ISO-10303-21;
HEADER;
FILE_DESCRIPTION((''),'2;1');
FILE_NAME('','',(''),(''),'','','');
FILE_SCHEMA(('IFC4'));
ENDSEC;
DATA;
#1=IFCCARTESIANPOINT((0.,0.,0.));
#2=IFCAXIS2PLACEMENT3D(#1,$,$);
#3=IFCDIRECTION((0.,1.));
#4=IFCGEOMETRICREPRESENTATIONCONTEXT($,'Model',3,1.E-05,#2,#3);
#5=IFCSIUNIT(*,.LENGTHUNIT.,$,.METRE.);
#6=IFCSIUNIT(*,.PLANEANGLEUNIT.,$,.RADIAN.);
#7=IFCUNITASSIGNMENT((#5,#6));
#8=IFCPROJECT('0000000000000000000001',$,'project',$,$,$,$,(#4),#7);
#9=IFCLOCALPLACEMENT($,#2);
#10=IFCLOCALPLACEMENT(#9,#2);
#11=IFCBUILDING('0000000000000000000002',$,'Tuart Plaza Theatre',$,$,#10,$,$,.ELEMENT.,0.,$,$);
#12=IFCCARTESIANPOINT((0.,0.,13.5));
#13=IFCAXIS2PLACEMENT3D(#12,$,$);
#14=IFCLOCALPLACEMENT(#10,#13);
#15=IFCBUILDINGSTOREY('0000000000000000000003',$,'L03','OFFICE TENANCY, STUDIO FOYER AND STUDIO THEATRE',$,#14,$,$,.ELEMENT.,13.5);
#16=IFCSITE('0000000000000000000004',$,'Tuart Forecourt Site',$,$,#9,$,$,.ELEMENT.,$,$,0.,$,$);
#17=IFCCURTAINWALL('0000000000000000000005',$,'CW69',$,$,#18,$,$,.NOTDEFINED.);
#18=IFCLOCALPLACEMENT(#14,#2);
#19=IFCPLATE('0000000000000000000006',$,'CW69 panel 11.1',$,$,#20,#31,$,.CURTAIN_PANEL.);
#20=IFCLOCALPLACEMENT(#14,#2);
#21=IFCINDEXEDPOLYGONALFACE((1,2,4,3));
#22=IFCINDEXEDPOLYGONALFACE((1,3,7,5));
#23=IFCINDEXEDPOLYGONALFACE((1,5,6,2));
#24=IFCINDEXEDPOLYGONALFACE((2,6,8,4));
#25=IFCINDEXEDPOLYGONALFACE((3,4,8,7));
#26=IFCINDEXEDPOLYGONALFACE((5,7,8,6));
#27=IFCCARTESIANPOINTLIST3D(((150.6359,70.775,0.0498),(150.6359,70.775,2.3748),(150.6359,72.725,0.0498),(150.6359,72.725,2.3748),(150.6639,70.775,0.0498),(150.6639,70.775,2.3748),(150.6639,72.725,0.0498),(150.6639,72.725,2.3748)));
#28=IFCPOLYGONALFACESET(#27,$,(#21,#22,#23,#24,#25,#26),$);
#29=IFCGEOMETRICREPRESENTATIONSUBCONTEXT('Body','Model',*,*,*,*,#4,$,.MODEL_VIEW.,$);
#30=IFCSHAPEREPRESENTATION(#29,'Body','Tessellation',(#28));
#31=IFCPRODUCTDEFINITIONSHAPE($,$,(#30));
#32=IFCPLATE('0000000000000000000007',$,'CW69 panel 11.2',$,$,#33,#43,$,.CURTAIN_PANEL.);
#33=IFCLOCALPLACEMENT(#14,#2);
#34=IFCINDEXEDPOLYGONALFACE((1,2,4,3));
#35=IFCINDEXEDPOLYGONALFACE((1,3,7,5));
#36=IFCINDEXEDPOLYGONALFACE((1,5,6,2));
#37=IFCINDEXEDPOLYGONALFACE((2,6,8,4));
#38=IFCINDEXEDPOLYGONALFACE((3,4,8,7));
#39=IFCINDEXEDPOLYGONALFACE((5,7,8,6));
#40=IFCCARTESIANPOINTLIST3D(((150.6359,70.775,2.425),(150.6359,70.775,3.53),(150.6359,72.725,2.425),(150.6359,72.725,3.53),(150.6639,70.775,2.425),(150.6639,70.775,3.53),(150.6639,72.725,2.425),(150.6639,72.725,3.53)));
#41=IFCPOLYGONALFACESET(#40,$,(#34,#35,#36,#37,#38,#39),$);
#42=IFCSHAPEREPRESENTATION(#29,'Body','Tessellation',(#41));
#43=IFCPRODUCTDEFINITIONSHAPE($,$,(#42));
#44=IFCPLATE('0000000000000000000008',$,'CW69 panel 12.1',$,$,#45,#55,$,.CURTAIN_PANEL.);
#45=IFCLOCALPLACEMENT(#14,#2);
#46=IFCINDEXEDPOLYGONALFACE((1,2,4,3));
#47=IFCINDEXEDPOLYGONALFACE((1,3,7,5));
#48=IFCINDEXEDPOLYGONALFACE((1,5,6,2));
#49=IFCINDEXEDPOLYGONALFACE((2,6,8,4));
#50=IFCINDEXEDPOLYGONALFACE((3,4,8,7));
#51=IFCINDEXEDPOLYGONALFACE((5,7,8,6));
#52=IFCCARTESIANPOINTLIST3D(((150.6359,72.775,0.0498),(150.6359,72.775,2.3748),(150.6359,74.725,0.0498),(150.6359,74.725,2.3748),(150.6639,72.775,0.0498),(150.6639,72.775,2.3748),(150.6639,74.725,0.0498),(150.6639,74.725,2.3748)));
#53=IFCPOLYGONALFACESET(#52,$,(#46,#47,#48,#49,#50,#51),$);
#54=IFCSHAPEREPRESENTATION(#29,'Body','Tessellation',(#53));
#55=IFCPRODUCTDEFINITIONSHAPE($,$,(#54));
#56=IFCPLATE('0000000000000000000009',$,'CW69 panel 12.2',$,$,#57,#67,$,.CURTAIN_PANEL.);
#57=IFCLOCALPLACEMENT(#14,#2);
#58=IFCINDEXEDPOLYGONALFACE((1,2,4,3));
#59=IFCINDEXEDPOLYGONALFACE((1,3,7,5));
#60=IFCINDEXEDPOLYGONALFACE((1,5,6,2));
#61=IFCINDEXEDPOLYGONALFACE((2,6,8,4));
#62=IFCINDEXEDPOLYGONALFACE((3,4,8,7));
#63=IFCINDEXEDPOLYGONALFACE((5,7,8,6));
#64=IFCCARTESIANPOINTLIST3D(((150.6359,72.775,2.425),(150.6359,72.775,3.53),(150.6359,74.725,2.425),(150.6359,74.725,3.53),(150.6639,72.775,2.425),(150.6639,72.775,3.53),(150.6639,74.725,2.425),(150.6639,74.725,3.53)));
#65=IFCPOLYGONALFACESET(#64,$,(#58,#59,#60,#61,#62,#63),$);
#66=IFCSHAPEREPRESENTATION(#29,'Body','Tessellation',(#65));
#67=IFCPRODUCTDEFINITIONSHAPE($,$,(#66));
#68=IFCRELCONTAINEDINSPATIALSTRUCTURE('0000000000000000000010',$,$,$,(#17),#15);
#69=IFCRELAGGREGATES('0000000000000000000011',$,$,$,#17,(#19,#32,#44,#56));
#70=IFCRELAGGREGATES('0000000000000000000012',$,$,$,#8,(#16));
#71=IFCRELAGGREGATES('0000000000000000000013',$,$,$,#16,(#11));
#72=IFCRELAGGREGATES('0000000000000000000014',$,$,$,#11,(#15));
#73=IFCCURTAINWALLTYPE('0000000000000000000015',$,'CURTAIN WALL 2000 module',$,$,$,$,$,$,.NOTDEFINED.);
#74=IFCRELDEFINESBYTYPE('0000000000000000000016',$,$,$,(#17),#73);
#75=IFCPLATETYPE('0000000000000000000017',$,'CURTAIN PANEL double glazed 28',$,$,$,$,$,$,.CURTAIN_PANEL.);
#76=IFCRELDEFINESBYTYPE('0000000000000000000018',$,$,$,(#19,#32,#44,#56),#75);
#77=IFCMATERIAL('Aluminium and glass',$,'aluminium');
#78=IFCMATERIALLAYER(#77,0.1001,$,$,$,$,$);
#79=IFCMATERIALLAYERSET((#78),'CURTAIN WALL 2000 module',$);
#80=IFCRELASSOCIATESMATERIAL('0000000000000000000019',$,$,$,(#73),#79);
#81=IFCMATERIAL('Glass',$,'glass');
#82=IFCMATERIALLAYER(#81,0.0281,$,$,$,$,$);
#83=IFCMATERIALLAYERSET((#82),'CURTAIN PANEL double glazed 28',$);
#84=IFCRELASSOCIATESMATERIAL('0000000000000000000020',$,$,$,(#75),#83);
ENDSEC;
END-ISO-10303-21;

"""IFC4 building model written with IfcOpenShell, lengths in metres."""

from ifc_helpers import new_model, si_unit, direction, frame, origin, origin_2d, place, context, subcontext, project, spatial, rectangle, extrude, material, layer, layer_set, type_object, element, aggregate, save


model = new_model("IFC4")

# Units and contexts
model_context = context("Model", 3, precision=1e-05, world=origin(), true_north=direction((0.0, 1.0)))
body_context = subcontext(model_context, "Body", "Model", "MODEL_VIEW")
ifc_project = project(units=[si_unit("LENGTHUNIT", "METRE"), si_unit("PLANEANGLEUNIT", "RADIAN")], contexts=[model_context])

# Site, building, storey
site_placement = place(None, origin())
site = spatial("IfcSite", under=ifc_project, at=site_placement, Name="Tuart Forecourt Site", CompositionType="ELEMENT", RefElevation=0.0)
building_placement = place(site_placement, origin())
building = spatial("IfcBuilding", under=site, at=building_placement, Name="Tuart Plaza Theatre", CompositionType="ELEMENT", ElevationOfRefHeight=0.0)
storey_placement = place(building_placement, frame((0.0, 0.0, 13.5)))
storey = spatial("IfcBuildingStorey", under=building, at=storey_placement, Name="L03", Description="OFFICE TENANCY, STUDIO FOYER AND STUDIO THEATRE", CompositionType="ELEMENT", Elevation=13.5)

# Curtain wall, plates
ifc_material_1 = material(Name="Aluminium and glass", Category="aluminium")
ifc_layer_1 = layer(ifc_material_1, 0.1001)
ifc_layer_set_1 = layer_set([ifc_layer_1], Name="CURTAIN WALL 2000 module")
curtain_wall_type = type_object("IfcCurtainWallType", Name="CURTAIN WALL 2000 module", PredefinedType="NOTDEFINED", material=ifc_layer_set_1)
curtain_wall_placement = place(storey_placement, origin())
curtain_wall = element("IfcCurtainWall", 1, at=curtain_wall_placement, inside=storey, type_object=curtain_wall_type, Name="CW69", PredefinedType="NOTDEFINED")
ifc_material_2 = material(Name="Glass", Category="glass")
ifc_layer_2 = layer(ifc_material_2, 0.0281)
ifc_layer_set_2 = layer_set([ifc_layer_2], Name="CURTAIN PANEL double glazed 28")
plate_type = type_object("IfcPlateType", Name="CURTAIN PANEL double glazed 28", PredefinedType="CURTAIN_PANEL", material=ifc_layer_set_2)
plate_1_placement = place(storey_placement, frame((150.6499, 71.75, 0.0498), z_axis=(0.0, 0.0, 1.0), x_axis=(0.0, 1.0, 0.0)))
plate_1 = element("IfcPlate", 2, at=plate_1_placement, type_object=plate_type, Name="CW69 panel 11.1", PredefinedType="CURTAIN_PANEL", context=body_context, shape_type="SweptSolid", body=[
    extrude(rectangle(XDim=1.95, YDim=0.0281, at=origin_2d()), origin(), (0.0, 0.0, 1.0), 2.325),
])
plate_2_placement = place(storey_placement, frame((150.6499, 71.75, 2.425), z_axis=(0.0, 0.0, 1.0), x_axis=(0.0, 1.0, 0.0)))
plate_2 = element("IfcPlate", 3, at=plate_2_placement, type_object=plate_type, Name="CW69 panel 11.2", PredefinedType="CURTAIN_PANEL", context=body_context, shape_type="SweptSolid", body=[
    extrude(rectangle(XDim=1.95, YDim=0.0281, at=origin_2d()), origin(), (0.0, 0.0, 1.0), 1.105),
])
plate_3_placement = place(storey_placement, frame((150.6499, 73.75, 0.0498), z_axis=(0.0, 0.0, 1.0), x_axis=(0.0, 1.0, 0.0)))
plate_3 = element("IfcPlate", 4, at=plate_3_placement, type_object=plate_type, Name="CW69 panel 12.1", PredefinedType="CURTAIN_PANEL", context=body_context, shape_type="SweptSolid", body=[
    extrude(rectangle(XDim=1.95, YDim=0.0281, at=origin_2d()), origin(), (0.0, 0.0, 1.0), 2.325),
])
plate_4_placement = place(storey_placement, frame((150.6499, 73.75, 2.425), z_axis=(0.0, 0.0, 1.0), x_axis=(0.0, 1.0, 0.0)))
plate_4 = element("IfcPlate", 5, at=plate_4_placement, type_object=plate_type, Name="CW69 panel 12.2", PredefinedType="CURTAIN_PANEL", context=body_context, shape_type="SweptSolid", body=[
    extrude(rectangle(XDim=1.95, YDim=0.0281, at=origin_2d()), origin(), (0.0, 0.0, 1.0), 1.105),
])
aggregate(curtain_wall, [plate_1, plate_2, plate_3, plate_4])

save(model, "model.ifc")
